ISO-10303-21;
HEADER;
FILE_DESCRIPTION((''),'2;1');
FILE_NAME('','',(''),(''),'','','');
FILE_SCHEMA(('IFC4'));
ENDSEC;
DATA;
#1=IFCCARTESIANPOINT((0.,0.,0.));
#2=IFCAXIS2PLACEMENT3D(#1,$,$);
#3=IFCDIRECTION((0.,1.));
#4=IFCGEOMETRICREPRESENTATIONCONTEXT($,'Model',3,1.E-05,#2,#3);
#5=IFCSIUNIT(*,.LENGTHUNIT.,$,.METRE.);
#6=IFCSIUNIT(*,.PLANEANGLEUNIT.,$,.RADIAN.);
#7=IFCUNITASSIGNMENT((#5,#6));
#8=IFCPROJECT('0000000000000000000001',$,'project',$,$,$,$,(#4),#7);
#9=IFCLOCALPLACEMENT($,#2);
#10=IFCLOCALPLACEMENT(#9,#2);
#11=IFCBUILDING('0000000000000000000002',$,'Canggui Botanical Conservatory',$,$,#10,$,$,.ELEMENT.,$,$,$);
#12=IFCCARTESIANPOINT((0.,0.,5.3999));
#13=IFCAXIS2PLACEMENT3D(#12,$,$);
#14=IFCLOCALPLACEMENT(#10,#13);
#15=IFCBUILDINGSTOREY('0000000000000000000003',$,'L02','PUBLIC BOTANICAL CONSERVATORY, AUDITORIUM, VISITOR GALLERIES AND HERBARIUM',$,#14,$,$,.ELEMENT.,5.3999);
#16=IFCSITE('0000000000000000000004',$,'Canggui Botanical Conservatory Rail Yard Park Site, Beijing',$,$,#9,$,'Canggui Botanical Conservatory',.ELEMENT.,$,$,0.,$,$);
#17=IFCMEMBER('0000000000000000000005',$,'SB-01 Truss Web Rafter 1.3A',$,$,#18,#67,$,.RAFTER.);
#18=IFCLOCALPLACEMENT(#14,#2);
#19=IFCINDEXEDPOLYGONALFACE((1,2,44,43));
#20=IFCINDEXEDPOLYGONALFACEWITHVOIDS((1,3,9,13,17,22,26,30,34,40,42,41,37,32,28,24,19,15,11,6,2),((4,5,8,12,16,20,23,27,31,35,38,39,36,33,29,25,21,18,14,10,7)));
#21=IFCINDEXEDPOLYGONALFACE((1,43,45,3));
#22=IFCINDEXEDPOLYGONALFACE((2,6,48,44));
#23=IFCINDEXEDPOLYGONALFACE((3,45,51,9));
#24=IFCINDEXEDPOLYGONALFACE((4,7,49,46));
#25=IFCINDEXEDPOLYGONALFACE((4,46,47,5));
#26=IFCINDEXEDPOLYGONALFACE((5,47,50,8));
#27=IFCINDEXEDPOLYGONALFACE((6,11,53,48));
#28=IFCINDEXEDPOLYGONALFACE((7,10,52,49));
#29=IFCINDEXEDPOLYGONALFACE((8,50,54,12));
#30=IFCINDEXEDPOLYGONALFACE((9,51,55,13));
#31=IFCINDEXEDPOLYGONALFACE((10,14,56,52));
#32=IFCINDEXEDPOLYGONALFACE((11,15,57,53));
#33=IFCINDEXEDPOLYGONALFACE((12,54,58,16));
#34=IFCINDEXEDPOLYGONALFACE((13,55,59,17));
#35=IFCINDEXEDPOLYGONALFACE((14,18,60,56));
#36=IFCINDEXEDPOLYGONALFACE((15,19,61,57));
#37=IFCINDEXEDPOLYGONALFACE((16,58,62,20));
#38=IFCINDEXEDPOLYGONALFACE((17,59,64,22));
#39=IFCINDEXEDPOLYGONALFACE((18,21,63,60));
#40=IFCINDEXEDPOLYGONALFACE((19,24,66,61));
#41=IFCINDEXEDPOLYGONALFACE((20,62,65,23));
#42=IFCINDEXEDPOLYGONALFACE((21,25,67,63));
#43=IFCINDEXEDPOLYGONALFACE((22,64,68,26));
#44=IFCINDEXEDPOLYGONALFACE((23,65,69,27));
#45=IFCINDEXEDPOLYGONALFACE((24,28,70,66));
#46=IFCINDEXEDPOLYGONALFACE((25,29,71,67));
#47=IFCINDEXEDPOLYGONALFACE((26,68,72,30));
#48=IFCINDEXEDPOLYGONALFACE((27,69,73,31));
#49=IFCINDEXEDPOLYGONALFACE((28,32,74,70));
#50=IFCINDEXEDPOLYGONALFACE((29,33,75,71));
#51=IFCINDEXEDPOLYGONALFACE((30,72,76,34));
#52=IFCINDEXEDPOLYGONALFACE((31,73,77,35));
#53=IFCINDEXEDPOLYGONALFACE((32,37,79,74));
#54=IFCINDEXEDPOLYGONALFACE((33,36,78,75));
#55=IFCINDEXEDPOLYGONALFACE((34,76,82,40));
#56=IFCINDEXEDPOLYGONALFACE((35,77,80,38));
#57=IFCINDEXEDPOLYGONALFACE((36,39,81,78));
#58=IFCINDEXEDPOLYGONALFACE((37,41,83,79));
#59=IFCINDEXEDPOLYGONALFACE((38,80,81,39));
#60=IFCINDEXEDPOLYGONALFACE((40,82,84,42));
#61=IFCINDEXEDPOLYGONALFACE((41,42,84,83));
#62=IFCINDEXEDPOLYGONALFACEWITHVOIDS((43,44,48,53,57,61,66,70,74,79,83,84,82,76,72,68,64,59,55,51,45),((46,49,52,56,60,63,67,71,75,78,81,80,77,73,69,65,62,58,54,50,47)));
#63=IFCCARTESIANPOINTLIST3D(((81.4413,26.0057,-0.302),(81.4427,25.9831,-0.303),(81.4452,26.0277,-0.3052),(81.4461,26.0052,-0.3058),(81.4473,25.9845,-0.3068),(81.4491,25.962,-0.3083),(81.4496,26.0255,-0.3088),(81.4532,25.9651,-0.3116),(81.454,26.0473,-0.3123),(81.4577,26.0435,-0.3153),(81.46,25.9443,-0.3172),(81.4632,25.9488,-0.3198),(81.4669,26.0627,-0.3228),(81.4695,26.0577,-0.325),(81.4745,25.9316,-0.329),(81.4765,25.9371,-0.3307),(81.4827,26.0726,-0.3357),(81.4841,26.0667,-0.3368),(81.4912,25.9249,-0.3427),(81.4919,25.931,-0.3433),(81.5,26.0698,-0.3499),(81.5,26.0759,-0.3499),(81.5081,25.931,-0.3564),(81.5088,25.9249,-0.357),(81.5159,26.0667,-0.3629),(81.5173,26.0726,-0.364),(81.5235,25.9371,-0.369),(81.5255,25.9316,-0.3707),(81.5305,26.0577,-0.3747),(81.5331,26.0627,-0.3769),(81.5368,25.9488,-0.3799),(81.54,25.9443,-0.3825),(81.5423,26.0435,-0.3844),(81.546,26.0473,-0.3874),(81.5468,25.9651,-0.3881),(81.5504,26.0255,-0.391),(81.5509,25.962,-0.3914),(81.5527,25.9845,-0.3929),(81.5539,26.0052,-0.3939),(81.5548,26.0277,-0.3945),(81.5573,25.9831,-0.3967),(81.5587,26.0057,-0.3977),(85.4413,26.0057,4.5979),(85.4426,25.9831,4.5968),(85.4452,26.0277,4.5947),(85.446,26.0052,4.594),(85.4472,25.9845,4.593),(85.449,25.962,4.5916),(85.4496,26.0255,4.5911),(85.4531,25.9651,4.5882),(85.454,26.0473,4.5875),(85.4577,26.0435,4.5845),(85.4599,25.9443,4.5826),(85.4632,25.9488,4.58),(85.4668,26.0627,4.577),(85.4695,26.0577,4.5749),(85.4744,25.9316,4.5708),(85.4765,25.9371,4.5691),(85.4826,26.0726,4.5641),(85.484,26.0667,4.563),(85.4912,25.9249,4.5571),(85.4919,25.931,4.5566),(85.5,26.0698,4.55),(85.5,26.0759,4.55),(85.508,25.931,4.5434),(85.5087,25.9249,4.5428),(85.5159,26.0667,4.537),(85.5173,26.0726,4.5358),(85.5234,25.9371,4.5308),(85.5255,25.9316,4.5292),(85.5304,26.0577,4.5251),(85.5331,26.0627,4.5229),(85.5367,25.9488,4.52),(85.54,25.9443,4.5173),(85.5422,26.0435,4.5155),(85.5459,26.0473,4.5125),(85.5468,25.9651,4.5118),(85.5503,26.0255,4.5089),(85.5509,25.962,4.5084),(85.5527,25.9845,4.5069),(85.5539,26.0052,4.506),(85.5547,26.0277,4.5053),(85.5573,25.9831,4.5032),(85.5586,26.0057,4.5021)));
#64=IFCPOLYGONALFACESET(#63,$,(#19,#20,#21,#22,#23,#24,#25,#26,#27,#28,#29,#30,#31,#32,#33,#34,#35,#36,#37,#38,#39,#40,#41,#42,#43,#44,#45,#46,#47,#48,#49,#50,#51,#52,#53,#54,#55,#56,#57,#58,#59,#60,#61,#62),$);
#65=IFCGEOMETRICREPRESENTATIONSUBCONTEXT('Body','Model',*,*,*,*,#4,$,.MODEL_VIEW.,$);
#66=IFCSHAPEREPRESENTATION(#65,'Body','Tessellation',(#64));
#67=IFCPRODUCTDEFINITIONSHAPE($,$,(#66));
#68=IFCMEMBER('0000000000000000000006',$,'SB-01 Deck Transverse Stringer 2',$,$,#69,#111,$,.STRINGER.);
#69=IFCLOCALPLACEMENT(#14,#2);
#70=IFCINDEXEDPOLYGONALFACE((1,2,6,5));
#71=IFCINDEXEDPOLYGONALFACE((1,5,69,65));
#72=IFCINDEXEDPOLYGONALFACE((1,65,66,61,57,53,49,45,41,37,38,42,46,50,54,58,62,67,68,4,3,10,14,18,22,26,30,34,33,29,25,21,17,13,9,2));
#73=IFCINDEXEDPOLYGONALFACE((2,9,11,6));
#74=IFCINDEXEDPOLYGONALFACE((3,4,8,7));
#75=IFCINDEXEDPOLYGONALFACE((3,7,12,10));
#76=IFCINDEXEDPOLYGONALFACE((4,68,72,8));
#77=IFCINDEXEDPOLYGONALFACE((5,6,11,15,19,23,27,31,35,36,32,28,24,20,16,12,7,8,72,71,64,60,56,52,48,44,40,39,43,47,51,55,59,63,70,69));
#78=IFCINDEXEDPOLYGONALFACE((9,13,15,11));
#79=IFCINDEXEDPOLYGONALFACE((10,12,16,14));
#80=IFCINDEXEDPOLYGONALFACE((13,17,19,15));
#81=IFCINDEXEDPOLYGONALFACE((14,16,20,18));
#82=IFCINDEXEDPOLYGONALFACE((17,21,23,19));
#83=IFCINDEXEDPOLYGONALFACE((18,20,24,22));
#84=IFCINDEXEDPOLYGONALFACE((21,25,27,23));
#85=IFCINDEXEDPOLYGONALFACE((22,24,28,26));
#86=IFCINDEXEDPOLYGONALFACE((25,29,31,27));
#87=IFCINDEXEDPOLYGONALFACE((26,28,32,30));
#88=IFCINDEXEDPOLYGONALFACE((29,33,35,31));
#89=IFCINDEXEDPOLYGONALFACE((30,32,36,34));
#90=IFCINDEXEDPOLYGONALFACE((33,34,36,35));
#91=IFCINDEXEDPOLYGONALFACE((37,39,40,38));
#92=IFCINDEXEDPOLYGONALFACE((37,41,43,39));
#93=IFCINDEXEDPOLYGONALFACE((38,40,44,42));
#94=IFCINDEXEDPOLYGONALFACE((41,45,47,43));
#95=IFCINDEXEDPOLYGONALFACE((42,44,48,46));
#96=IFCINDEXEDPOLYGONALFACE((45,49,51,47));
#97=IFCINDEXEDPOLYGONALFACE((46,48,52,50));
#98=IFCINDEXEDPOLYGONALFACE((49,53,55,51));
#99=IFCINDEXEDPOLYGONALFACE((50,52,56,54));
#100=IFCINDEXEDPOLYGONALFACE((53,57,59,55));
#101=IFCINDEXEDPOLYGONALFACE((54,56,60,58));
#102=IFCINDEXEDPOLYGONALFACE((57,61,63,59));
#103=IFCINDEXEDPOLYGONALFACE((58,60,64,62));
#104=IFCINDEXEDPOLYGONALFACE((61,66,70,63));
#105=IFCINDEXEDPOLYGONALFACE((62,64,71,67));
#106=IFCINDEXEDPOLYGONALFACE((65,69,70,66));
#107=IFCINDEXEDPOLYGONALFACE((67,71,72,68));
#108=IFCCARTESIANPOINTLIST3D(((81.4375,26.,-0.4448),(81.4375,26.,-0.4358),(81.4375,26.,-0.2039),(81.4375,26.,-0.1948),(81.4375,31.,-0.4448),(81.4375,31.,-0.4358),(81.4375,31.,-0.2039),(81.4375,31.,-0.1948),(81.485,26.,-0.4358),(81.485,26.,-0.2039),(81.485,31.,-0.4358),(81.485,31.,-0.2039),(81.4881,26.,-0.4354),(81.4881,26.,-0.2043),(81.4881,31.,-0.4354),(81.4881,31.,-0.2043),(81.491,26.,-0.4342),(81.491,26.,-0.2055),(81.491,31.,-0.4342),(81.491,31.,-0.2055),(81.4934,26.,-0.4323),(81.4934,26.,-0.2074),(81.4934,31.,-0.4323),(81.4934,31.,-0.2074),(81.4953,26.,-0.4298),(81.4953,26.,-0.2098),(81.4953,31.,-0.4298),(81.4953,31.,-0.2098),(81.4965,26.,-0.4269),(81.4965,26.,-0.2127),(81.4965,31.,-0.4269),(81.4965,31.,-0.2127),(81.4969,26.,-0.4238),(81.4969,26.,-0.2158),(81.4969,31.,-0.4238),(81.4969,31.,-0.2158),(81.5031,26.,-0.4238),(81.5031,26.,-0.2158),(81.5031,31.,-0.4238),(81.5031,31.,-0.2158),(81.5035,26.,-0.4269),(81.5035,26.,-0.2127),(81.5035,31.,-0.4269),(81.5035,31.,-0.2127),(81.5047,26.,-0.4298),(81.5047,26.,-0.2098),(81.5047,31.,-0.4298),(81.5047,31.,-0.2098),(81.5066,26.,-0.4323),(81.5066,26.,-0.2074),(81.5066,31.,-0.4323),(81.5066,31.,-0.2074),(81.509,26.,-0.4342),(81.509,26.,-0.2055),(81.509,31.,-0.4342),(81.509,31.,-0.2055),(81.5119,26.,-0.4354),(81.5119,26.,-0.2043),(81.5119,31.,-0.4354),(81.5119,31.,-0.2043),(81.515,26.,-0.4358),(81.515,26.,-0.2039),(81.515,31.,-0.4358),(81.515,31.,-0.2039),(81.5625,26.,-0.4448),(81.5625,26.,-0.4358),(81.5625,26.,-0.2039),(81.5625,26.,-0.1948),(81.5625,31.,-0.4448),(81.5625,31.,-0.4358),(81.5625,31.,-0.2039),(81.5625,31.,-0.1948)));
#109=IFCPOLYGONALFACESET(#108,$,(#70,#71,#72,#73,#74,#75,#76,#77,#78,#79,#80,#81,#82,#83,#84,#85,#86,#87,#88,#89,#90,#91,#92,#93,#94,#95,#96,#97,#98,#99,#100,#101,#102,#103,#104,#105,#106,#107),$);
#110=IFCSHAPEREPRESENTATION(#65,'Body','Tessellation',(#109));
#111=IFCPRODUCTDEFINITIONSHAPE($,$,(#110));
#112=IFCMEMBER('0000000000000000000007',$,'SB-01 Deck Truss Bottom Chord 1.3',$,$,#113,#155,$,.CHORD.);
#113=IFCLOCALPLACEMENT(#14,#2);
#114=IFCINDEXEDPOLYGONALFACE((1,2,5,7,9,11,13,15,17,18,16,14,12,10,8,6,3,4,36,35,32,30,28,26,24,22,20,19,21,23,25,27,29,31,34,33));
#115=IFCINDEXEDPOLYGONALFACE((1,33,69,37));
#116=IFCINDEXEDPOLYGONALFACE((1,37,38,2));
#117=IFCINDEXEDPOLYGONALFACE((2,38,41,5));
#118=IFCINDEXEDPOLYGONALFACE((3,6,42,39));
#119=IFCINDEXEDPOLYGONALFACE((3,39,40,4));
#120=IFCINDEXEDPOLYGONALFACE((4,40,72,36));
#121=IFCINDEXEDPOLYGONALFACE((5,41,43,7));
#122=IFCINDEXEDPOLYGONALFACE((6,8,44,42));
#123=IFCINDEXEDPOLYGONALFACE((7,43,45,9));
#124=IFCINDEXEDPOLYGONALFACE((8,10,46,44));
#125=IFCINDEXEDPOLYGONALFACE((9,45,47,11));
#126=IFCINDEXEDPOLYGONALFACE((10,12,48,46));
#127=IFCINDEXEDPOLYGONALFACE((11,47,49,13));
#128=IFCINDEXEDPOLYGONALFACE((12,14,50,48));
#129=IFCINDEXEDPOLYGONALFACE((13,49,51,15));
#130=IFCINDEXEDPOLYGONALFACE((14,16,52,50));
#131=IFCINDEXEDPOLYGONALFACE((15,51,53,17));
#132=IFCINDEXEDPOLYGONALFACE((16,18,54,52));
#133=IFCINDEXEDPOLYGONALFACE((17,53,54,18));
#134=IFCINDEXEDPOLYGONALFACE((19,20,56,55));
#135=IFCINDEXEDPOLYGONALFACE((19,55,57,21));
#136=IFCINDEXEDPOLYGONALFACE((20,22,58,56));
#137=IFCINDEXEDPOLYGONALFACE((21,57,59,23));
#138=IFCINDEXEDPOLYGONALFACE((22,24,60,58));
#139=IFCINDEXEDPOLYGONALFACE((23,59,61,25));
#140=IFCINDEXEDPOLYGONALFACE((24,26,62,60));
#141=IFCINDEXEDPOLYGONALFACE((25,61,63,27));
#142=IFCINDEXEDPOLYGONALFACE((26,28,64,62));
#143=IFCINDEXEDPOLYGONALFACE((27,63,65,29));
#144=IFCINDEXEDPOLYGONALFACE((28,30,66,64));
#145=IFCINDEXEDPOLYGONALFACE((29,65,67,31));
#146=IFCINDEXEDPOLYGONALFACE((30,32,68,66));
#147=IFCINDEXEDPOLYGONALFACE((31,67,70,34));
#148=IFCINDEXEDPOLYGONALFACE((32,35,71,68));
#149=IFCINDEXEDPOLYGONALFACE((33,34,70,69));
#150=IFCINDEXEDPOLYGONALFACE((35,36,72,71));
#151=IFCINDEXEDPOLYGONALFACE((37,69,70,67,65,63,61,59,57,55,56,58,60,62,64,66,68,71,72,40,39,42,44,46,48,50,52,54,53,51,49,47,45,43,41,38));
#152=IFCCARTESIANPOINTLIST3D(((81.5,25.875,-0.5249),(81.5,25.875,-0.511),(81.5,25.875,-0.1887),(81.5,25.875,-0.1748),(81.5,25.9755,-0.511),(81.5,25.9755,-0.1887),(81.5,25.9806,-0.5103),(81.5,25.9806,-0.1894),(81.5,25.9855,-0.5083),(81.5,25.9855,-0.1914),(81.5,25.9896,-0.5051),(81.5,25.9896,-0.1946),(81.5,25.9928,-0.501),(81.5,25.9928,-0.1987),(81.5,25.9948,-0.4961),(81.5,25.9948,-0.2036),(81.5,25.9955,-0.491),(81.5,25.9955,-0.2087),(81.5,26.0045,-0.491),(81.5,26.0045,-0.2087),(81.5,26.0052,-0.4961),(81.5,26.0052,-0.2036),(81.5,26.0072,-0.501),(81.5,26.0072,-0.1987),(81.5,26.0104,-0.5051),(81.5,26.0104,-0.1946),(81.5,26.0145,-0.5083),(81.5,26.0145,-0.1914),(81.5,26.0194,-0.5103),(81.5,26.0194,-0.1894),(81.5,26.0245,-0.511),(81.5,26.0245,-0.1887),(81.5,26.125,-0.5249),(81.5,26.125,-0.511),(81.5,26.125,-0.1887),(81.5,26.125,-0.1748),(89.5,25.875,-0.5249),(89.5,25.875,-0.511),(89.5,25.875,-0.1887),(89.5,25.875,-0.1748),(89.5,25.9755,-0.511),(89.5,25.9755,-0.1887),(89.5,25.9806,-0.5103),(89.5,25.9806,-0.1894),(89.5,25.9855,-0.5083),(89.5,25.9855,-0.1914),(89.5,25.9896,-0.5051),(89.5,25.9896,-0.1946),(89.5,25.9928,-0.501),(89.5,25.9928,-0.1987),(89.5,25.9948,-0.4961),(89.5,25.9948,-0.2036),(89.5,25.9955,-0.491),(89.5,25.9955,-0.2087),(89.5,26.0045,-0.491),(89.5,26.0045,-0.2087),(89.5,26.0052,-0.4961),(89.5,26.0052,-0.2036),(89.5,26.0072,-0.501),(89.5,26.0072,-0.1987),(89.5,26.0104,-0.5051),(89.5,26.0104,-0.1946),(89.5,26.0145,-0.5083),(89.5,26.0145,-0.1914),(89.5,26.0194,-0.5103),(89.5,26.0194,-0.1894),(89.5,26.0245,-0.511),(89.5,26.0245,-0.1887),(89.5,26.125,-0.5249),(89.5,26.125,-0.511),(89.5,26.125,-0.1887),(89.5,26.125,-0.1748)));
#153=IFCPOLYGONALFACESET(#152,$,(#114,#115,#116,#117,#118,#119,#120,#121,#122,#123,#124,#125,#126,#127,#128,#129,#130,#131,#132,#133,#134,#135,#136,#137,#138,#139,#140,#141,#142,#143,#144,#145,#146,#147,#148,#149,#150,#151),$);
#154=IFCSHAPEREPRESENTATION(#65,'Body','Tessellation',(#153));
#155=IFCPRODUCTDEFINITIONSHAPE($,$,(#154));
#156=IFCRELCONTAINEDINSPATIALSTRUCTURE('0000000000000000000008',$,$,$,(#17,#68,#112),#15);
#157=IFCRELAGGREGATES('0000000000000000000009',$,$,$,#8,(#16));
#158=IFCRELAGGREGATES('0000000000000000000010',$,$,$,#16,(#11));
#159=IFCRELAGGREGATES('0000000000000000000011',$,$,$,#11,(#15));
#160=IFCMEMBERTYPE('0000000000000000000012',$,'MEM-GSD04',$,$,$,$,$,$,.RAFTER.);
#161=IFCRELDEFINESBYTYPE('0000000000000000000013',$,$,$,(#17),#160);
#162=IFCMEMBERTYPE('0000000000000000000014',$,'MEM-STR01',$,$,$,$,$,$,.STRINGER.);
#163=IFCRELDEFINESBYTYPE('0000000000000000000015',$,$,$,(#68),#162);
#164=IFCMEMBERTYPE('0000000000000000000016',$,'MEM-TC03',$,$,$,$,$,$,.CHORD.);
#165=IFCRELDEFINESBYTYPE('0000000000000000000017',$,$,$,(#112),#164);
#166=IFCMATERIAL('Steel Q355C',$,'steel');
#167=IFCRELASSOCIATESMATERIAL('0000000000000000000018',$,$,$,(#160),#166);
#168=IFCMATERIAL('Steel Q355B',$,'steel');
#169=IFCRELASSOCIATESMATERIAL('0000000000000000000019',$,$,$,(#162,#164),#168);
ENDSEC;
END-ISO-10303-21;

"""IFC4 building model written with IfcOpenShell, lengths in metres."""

from ifc_helpers import new_model, si_unit, direction, frame, origin, origin_2d, place, context, subcontext, project, spatial, hollow_circle, i_section, extrude, material, material_profile, profile_set, type_object, element, save


model = new_model("IFC4")

# Units and contexts
model_context = context("Model", 3, precision=1e-05, world=origin(), true_north=direction((0.0, 1.0)))
body_context = subcontext(model_context, "Body", "Model", "MODEL_VIEW")
ifc_project = project(units=[si_unit("LENGTHUNIT", "METRE"), si_unit("PLANEANGLEUNIT", "RADIAN")], contexts=[model_context])

# Site, building, storey
site_placement = place(None, origin())
site = spatial("IfcSite", under=ifc_project, at=site_placement, Name="Canggui Botanical Conservatory Rail Yard Park Site, Beijing", LongName="Canggui Botanical Conservatory", CompositionType="ELEMENT", RefElevation=0.0)
building_placement = place(site_placement, origin())
building = spatial("IfcBuilding", under=site, at=building_placement, Name="Canggui Botanical Conservatory", CompositionType="ELEMENT")
storey_placement = place(building_placement, frame((0.0, 0.0, 5.3999)))
storey = spatial("IfcBuildingStorey", under=building, at=storey_placement, Name="L02", Description="PUBLIC BOTANICAL CONSERVATORY, AUDITORIUM, VISITOR GALLERIES AND HERBARIUM", CompositionType="ELEMENT", Elevation=5.3999)

# Shared definitions
ifc_material_1 = material(Name="Steel Q355B", Category="steel")

# Members
ifc_material_2 = material(Name="Steel Q355C", Category="steel")
ifc_material_profile_1 = material_profile(ifc_material_2, hollow_circle(Radius=0.0759, WallThickness=0.0061, at=origin_2d()), Name="CHS 152x6")
ifc_profile_set_1 = profile_set([ifc_material_profile_1], Name="Steel Q355C")
member_type_1 = type_object("IfcMemberType", Name="MEM-GSD04", PredefinedType="RAFTER", material=ifc_profile_set_1)
member_1_placement = place(storey_placement, frame((81.5, 26.0, -0.3499), z_axis=(0.632384, 0.0, 0.774655), x_axis=(0.0, 1.0, 0.0)))
element("IfcMember", 1, at=member_1_placement, inside=storey, type_object=member_type_1, Name="SB-01 Truss Web Rafter 1.3A", PredefinedType="RAFTER", context=body_context, shape_type="SweptSolid", body=[
    extrude(hollow_circle(Radius=0.0759, WallThickness=0.0061, at=origin_2d()), origin(), (0.0, 0.0, 1.0), 6.3252),
])
ifc_material_profile_2 = material_profile(ifc_material_1, i_section(OverallWidth=0.125, OverallDepth=0.25, WebThickness=0.0061, FlangeThickness=0.009, FilletRadius=0.012, at=origin_2d()), Name="HN 250x125x6x9")
ifc_profile_set_2 = profile_set([ifc_material_profile_2], Name="Steel Q355B")
member_type_2 = type_object("IfcMemberType", Name="MEM-STR01", PredefinedType="STRINGER", material=ifc_profile_set_2)
member_2_placement = place(storey_placement, frame((81.5, 26.0, -0.3198), z_axis=(0.0, 1.0, 0.0), x_axis=(-1.0, 0.0, 0.0)))
element("IfcMember", 2, at=member_2_placement, inside=storey, type_object=member_type_2, Name="SB-01 Deck Transverse Stringer 2", PredefinedType="STRINGER", context=body_context, shape_type="SweptSolid", body=[
    extrude(i_section(OverallWidth=0.125, OverallDepth=0.25, WebThickness=0.0061, FlangeThickness=0.009, FilletRadius=0.012, at=origin_2d()), origin(), (0.0, 0.0, 1.0), 5.0),
])
ifc_material_profile_3 = material_profile(ifc_material_1, i_section(OverallWidth=0.25, OverallDepth=0.3501, WebThickness=0.009, FlangeThickness=0.0139, FilletRadius=0.02, at=origin_2d()), Name="HM 350x250x9x14")
ifc_profile_set_3 = profile_set([ifc_material_profile_3], Name="Steel Q355B")
member_type_3 = type_object("IfcMemberType", Name="MEM-TC03", PredefinedType="CHORD", material=ifc_profile_set_3)
member_3_placement = place(storey_placement, frame((81.5, 26.0, -0.3499), z_axis=(1.0, 0.0, 0.0), x_axis=(0.0, 1.0, 0.0)))
element("IfcMember", 3, at=member_3_placement, inside=storey, type_object=member_type_3, Name="SB-01 Deck Truss Bottom Chord 1.3", PredefinedType="CHORD", context=body_context, shape_type="SweptSolid", body=[
    extrude(i_section(OverallWidth=0.25, OverallDepth=0.3501, WebThickness=0.009, FlangeThickness=0.0139, FilletRadius=0.02, at=origin_2d()), origin(), (0.0, 0.0, 1.0), 8.0),
])

save(model, "model.ifc")
